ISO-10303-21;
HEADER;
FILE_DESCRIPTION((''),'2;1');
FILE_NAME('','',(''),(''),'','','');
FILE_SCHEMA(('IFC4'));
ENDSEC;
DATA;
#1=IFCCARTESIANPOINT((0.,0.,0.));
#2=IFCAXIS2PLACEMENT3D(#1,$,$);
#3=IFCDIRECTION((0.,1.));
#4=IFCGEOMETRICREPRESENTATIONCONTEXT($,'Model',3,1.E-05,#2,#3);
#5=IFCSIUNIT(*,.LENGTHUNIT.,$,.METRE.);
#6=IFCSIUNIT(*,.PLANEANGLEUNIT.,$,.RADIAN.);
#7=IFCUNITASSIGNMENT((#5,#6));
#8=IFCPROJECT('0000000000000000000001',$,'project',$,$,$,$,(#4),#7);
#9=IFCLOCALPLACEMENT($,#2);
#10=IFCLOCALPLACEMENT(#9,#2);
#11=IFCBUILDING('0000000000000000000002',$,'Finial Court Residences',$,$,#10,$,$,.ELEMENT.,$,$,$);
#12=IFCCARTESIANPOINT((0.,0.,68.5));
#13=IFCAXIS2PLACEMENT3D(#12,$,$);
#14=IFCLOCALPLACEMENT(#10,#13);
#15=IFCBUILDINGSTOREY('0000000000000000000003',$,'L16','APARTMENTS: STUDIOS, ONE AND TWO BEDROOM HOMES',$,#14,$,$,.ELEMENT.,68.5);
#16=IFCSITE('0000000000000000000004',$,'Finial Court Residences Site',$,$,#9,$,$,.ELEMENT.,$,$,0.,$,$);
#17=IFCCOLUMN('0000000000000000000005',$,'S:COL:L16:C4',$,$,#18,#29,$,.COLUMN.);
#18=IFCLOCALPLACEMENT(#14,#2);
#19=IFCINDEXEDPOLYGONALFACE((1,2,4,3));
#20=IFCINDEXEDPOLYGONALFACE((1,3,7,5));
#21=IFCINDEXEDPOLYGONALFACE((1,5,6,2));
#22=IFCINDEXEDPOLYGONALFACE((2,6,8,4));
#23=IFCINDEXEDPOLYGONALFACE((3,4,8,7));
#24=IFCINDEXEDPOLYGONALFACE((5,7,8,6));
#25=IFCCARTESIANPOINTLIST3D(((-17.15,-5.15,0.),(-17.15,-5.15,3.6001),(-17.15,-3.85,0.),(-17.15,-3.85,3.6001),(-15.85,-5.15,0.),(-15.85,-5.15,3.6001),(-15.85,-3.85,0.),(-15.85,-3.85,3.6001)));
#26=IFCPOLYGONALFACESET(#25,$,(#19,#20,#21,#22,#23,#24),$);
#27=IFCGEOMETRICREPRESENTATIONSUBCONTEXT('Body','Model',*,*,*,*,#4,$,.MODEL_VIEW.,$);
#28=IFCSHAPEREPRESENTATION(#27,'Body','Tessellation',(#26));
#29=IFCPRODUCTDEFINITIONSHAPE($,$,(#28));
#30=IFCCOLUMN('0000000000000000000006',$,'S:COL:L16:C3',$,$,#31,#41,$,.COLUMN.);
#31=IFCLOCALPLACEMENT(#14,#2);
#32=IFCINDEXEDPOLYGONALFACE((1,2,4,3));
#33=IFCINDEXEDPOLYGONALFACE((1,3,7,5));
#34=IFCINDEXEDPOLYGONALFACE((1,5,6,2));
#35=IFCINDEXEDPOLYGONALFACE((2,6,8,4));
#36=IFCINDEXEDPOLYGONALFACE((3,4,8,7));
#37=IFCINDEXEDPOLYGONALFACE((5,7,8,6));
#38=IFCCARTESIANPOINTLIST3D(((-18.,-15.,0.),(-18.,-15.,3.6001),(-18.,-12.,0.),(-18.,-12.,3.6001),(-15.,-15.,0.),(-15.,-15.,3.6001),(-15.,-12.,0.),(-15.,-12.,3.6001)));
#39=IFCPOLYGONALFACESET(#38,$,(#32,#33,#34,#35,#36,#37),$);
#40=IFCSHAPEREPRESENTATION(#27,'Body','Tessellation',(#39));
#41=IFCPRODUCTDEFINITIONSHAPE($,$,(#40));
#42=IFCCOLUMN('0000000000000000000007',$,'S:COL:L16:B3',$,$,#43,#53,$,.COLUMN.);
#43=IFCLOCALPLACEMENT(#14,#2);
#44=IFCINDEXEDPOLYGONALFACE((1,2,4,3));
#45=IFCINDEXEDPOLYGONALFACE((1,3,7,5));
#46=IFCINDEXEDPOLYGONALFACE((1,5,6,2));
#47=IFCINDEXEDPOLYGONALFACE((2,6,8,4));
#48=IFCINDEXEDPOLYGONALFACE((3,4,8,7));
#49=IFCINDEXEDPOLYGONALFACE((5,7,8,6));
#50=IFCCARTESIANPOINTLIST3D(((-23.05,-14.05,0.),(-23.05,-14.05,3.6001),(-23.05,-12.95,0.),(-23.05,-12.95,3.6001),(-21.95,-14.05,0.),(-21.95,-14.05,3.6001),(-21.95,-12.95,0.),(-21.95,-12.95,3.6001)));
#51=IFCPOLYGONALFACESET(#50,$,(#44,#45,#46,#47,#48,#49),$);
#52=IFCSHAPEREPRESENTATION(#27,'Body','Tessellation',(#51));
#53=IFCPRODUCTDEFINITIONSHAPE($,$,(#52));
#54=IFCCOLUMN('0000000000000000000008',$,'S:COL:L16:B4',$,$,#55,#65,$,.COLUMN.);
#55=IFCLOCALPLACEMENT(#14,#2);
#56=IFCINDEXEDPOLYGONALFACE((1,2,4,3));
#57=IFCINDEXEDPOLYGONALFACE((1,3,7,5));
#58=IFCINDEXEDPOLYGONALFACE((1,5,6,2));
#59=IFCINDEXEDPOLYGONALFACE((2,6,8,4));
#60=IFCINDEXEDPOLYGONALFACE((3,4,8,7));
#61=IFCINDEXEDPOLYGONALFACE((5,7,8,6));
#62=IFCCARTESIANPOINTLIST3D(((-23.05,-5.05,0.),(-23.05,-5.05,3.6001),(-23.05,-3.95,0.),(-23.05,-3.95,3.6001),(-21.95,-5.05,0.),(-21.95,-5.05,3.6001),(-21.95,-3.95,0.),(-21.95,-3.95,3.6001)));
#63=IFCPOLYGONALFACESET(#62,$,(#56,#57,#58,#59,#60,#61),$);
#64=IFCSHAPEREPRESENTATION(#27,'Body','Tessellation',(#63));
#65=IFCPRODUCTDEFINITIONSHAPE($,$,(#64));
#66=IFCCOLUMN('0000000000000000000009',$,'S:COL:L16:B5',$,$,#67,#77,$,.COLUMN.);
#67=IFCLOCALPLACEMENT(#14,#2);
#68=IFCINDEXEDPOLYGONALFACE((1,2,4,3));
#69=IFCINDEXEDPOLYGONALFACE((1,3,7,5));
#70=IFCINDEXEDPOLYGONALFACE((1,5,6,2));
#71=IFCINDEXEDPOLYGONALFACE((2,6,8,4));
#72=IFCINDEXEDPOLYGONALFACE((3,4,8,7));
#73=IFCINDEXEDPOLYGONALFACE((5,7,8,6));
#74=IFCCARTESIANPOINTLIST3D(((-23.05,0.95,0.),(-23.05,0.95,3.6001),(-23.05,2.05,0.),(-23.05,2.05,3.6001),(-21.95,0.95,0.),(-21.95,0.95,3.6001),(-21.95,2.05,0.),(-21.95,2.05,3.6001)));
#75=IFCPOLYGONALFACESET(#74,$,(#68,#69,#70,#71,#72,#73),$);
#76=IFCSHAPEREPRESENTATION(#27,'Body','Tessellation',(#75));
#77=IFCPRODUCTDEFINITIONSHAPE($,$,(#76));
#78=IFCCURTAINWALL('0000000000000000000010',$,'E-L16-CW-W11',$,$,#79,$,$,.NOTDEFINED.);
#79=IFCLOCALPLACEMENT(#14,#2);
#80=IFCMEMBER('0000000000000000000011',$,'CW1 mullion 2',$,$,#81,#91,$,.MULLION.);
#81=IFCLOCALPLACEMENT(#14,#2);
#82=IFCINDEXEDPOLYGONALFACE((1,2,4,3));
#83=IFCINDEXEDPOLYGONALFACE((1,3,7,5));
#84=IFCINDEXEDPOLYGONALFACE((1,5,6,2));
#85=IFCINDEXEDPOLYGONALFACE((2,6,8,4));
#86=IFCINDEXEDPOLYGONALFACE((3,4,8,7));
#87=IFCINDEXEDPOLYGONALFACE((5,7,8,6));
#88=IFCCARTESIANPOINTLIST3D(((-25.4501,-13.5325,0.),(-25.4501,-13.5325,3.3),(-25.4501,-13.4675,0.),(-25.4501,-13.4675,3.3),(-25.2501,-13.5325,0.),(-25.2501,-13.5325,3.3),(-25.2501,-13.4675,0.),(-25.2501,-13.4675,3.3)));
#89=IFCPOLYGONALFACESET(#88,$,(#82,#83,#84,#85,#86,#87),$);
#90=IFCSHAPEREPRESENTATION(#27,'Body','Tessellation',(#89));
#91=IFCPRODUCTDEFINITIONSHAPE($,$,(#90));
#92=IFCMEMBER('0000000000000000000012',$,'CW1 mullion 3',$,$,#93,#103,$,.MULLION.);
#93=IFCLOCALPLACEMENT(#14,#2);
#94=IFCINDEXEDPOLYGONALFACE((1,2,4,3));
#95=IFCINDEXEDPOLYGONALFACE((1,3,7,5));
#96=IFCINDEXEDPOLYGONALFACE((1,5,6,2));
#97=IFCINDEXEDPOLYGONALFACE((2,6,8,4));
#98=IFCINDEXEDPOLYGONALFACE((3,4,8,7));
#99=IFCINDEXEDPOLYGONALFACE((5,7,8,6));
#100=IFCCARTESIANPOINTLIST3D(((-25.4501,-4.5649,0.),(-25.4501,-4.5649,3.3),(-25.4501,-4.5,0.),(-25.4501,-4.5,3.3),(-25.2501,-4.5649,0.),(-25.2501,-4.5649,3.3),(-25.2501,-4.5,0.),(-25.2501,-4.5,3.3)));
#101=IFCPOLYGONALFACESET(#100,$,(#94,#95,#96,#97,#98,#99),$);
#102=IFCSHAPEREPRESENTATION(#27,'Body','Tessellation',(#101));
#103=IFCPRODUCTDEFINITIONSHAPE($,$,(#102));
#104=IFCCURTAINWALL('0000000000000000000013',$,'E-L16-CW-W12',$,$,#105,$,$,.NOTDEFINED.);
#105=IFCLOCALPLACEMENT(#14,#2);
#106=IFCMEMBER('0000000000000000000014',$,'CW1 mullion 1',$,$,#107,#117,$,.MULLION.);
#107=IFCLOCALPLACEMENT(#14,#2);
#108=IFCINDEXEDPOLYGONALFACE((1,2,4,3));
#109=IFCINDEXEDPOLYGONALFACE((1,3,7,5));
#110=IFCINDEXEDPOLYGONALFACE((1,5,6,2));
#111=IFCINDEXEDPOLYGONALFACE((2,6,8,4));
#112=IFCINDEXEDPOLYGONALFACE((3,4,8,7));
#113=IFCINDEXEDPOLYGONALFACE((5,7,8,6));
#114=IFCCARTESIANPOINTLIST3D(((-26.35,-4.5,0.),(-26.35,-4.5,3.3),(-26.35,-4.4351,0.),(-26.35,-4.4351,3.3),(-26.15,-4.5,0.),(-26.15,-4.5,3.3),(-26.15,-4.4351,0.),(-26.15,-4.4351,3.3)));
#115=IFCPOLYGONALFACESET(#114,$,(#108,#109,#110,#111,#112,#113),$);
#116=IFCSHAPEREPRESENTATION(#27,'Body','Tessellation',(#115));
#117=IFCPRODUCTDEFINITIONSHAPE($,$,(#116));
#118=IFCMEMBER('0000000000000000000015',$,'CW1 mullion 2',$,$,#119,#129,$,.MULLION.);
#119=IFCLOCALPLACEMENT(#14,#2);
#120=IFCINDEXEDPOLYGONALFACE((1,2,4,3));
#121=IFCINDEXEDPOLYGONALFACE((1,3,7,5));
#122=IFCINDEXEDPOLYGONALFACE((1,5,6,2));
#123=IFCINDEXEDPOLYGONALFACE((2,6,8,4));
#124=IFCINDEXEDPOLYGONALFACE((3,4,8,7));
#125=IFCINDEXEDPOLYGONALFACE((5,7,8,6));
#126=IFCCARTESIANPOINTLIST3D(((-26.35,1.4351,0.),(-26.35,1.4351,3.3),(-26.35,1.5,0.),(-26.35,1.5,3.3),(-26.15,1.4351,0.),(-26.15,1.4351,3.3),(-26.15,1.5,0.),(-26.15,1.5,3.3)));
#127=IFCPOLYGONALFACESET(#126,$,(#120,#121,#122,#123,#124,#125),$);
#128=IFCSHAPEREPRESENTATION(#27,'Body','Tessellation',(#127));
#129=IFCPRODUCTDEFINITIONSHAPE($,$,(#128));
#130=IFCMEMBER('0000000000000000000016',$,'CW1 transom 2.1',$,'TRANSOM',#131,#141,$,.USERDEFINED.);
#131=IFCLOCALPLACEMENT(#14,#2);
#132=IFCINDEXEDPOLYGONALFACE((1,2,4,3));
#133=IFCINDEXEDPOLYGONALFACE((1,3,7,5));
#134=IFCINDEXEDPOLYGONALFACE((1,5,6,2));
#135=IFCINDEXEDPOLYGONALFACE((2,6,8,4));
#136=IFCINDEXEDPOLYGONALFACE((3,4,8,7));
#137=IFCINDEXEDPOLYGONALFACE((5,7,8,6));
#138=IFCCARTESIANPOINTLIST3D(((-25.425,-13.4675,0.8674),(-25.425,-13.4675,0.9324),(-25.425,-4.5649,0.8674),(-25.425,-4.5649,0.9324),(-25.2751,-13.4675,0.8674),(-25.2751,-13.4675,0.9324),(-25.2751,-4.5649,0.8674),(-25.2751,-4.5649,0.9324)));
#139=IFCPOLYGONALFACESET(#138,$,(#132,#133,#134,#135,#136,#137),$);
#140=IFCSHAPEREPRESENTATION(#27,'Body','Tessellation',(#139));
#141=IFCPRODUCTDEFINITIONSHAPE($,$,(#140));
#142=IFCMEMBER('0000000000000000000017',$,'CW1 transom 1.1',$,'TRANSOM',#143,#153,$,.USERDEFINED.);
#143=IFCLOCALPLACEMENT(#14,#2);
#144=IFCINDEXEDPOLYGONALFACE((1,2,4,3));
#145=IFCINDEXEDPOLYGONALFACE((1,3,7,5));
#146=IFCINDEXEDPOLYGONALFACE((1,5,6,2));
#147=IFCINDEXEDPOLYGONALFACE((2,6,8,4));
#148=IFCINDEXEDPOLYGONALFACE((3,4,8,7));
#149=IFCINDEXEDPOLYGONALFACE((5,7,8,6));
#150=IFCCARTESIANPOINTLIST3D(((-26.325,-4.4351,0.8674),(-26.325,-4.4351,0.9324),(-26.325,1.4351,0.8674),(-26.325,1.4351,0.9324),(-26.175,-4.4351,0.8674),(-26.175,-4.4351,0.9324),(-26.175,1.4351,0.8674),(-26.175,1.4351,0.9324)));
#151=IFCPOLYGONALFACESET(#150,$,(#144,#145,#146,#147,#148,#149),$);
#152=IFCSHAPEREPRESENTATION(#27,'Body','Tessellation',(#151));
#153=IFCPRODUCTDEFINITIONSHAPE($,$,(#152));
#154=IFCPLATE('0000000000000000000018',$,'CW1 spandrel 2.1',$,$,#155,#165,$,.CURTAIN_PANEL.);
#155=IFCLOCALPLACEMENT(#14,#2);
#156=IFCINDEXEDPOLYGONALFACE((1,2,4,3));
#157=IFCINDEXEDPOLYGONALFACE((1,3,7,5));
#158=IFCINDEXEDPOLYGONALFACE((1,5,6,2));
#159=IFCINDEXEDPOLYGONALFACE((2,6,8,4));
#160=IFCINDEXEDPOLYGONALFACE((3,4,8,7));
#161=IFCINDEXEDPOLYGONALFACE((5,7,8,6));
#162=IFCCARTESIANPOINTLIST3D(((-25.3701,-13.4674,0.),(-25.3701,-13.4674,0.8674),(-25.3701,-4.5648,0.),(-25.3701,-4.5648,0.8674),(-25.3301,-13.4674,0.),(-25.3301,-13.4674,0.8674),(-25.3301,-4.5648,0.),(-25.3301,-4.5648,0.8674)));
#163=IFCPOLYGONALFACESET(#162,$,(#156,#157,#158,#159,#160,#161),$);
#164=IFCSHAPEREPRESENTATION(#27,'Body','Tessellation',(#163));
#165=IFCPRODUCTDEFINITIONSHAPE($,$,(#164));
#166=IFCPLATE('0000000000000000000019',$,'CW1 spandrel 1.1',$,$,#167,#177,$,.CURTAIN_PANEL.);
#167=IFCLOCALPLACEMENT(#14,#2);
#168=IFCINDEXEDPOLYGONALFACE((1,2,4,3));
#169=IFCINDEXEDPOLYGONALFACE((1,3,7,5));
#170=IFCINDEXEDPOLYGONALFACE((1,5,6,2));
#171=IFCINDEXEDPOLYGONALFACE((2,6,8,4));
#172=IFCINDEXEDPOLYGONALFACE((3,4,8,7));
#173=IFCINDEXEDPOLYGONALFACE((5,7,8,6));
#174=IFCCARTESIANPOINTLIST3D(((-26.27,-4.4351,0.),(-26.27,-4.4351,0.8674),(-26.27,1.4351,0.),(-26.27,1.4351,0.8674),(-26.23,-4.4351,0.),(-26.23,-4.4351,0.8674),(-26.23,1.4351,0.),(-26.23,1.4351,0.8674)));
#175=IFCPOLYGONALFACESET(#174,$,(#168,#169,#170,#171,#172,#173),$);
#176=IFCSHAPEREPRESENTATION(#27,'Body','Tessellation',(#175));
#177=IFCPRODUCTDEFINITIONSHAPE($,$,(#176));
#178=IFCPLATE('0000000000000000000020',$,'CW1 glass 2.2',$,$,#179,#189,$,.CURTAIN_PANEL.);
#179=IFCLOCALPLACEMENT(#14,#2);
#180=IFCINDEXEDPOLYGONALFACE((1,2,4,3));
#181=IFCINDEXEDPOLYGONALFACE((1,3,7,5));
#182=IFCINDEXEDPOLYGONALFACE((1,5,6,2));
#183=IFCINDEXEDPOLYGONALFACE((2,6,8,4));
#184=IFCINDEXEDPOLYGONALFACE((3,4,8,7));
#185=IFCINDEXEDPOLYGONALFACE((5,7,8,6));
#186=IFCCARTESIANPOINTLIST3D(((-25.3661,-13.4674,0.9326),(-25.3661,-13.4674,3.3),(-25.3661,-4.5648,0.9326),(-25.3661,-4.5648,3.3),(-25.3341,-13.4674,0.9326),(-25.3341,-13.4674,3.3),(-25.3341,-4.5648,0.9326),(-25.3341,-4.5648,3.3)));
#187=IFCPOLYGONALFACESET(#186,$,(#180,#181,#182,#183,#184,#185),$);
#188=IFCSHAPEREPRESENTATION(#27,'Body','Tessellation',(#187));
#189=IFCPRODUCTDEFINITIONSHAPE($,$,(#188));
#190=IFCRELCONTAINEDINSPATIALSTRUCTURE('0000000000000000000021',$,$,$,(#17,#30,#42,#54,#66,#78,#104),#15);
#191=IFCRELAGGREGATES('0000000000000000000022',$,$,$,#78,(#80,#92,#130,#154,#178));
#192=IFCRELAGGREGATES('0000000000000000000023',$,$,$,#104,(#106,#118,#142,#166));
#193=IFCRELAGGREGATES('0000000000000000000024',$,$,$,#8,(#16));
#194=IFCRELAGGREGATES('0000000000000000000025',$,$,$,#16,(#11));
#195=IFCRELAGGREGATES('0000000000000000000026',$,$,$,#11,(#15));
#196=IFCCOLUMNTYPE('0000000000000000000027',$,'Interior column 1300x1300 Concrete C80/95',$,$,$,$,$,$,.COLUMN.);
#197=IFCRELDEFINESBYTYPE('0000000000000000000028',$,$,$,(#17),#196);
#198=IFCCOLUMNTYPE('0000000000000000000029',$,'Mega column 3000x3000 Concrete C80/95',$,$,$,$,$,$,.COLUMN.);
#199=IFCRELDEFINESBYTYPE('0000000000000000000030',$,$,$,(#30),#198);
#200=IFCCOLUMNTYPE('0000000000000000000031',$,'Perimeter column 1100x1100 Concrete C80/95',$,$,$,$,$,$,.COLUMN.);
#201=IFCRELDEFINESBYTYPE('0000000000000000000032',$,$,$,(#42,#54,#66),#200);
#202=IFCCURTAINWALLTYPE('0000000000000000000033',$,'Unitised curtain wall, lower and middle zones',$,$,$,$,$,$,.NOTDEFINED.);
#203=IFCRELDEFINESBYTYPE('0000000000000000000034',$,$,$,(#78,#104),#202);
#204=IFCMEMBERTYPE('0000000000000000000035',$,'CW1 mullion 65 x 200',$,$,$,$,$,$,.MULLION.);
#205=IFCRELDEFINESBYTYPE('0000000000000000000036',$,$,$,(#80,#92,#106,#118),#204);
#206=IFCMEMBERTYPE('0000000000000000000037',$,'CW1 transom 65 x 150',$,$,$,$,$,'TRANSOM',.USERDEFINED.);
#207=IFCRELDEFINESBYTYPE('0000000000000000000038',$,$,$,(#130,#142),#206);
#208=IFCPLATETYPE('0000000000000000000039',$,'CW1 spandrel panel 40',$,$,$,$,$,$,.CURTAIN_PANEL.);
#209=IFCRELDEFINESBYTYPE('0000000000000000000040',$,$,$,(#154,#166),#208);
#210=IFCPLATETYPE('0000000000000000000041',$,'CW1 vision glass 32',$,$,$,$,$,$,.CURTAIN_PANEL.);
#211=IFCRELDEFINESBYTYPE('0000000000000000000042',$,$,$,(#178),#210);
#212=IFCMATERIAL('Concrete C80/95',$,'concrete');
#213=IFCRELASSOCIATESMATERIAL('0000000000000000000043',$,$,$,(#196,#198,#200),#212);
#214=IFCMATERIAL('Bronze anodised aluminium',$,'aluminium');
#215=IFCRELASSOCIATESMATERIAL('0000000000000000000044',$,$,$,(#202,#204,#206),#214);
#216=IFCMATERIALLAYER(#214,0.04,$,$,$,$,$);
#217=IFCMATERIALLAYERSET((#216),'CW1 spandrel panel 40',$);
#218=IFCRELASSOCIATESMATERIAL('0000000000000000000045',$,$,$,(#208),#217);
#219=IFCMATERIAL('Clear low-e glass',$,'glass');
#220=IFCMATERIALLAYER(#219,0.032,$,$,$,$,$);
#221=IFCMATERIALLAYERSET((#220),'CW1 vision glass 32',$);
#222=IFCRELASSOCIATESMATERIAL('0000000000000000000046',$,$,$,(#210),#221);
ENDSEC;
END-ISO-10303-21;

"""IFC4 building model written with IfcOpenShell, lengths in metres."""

from ifc_helpers import new_model, si_unit, direction, frame, origin, origin_2d, place, context, subcontext, project, spatial, rectangle, extrude, material, layer, layer_set, material_profile, profile_set, type_object, element, aggregate, save


model = new_model("IFC4")

# Units and contexts
model_context = context("Model", 3, precision=1e-05, world=origin(), true_north=direction((0.0, 1.0)))
body_context = subcontext(model_context, "Body", "Model", "MODEL_VIEW")
ifc_project = project(units=[si_unit("LENGTHUNIT", "METRE"), si_unit("PLANEANGLEUNIT", "RADIAN")], contexts=[model_context])

# Site, building, storey
site_placement = place(None, origin())
site = spatial("IfcSite", under=ifc_project, at=site_placement, Name="Finial Court Residences Site", CompositionType="ELEMENT", RefElevation=0.0)
building_placement = place(site_placement, origin())
building = spatial("IfcBuilding", under=site, at=building_placement, Name="Finial Court Residences", CompositionType="ELEMENT")
storey_placement = place(building_placement, frame((0.0, 0.0, 68.5)))
storey = spatial("IfcBuildingStorey", under=building, at=storey_placement, Name="L16", Description="APARTMENTS: STUDIOS, ONE AND TWO BEDROOM HOMES", CompositionType="ELEMENT", Elevation=68.5)

# Columns
ifc_material_1 = material(Name="Concrete C80/95", Category="concrete")
ifc_material_profile_1 = material_profile(ifc_material_1, rectangle(XDim=1.3, YDim=1.3, at=origin_2d()), Name="1300x1300")
ifc_profile_set_1 = profile_set([ifc_material_profile_1], Name="Concrete C80/95")
column_type_1 = type_object("IfcColumnType", Name="Interior column 1300x1300 Concrete C80/95", PredefinedType="COLUMN", material=ifc_profile_set_1)
column_1_placement = place(storey_placement, frame((-16.5, -4.5, 0.0), z_axis=(0.0, 0.0, 1.0), x_axis=(1.0, 0.0, 0.0)))
element("IfcColumn", 1, at=column_1_placement, inside=storey, type_object=column_type_1, Name="S:COL:L16:C4", PredefinedType="COLUMN", context=body_context, shape_type="SweptSolid", body=[
    extrude(rectangle(XDim=1.3, YDim=1.3, at=origin_2d()), origin(), (0.0, 0.0, 1.0), 3.6001),
])
ifc_material_profile_2 = material_profile(ifc_material_1, rectangle(XDim=3.0, YDim=3.0, at=origin_2d()), Name="3000x3000")
ifc_profile_set_2 = profile_set([ifc_material_profile_2], Name="Concrete C80/95")
column_type_2 = type_object("IfcColumnType", Name="Mega column 3000x3000 Concrete C80/95", PredefinedType="COLUMN", material=ifc_profile_set_2)
column_2_placement = place(storey_placement, frame((-16.5, -13.5, 0.0), z_axis=(0.0, 0.0, 1.0), x_axis=(1.0, 0.0, 0.0)))
element("IfcColumn", 2, at=column_2_placement, inside=storey, type_object=column_type_2, Name="S:COL:L16:C3", PredefinedType="COLUMN", context=body_context, shape_type="SweptSolid", body=[
    extrude(rectangle(XDim=3.0, YDim=3.0, at=origin_2d()), origin(), (0.0, 0.0, 1.0), 3.6001),
])
ifc_material_profile_3 = material_profile(ifc_material_1, rectangle(XDim=1.1001, YDim=1.1001, at=origin_2d()), Name="1100x1100")
ifc_profile_set_3 = profile_set([ifc_material_profile_3], Name="Concrete C80/95")
column_type_3 = type_object("IfcColumnType", Name="Perimeter column 1100x1100 Concrete C80/95", PredefinedType="COLUMN", material=ifc_profile_set_3)
for number, where, z_axis, x_axis, name in (
    (3, (-22.5, -13.5, 0.0), (0.0, 0.0, 1.0), (1.0, 0.0, 0.0), "S:COL:L16:B3"),
    (4, (-22.5, -4.5, 0.0), (0.0, 0.0, 1.0), (1.0, 0.0, 0.0), "S:COL:L16:B4"),
    (5, (-22.5, 1.5, 0.0), (0.0, 0.0, 1.0), (1.0, 0.0, 0.0), "S:COL:L16:B5"),
):
    element("IfcColumn", number, at=place(storey_placement, frame(where, z_axis=z_axis, x_axis=x_axis)), inside=storey, type_object=column_type_3, Name=name, PredefinedType="COLUMN", context=body_context, shape_type="SweptSolid", body=[
        extrude(rectangle(XDim=1.1001, YDim=1.1001, at=origin_2d()), origin(), (0.0, 0.0, 1.0), 3.6001),
    ])

# Curtain walls, members
ifc_material_2 = material(Name="Bronze anodised aluminium", Category="aluminium")
curtain_wall_type = type_object("IfcCurtainWallType", Name="Unitised curtain wall, lower and middle zones", PredefinedType="NOTDEFINED", material=ifc_material_2)
curtain_wall_1_placement = place(storey_placement, origin())
curtain_wall_1 = element("IfcCurtainWall", 6, at=curtain_wall_1_placement, inside=storey, type_object=curtain_wall_type, Name="E-L16-CW-W11", PredefinedType="NOTDEFINED")
ifc_material_profile_4 = material_profile(ifc_material_2, rectangle(XDim=0.2, YDim=0.0649, at=origin_2d()), Name="CW1 mullion 65 x 200")
ifc_profile_set_4 = profile_set([ifc_material_profile_4], Name="Bronze anodised aluminium")
member_type_1 = type_object("IfcMemberType", Name="CW1 mullion 65 x 200", PredefinedType="MULLION", material=ifc_profile_set_4)
member_1_placement = place(storey_placement, frame((-25.3501, -13.5, 0.0), z_axis=(0.0, 0.0, 1.0), x_axis=(-1.0, 0.0, 0.0)))
member_1 = element("IfcMember", 7, at=member_1_placement, type_object=member_type_1, Name="CW1 mullion 2", PredefinedType="MULLION", context=body_context, shape_type="SweptSolid", body=[
    extrude(rectangle(XDim=0.2, YDim=0.0649, at=origin_2d()), origin(), (0.0, 0.0, 1.0), 3.3),
])
member_2_placement = place(storey_placement, frame((-25.3501, -4.5325, 0.0), z_axis=(0.0, 0.0, 1.0), x_axis=(-1.0, 0.0, 0.0)))
member_2 = element("IfcMember", 8, at=member_2_placement, type_object=member_type_1, Name="CW1 mullion 3", PredefinedType="MULLION", context=body_context, shape_type="SweptSolid", body=[
    extrude(rectangle(XDim=0.2, YDim=0.0649, at=origin_2d()), origin(), (0.0, 0.0, 1.0), 3.3),
])
curtain_wall_2_placement = place(storey_placement, origin())
curtain_wall_2 = element("IfcCurtainWall", 9, at=curtain_wall_2_placement, inside=storey, type_object=curtain_wall_type, Name="E-L16-CW-W12", PredefinedType="NOTDEFINED")
member_3_placement = place(storey_placement, frame((-26.25, -4.4675, 0.0), z_axis=(0.0, 0.0, 1.0), x_axis=(-1.0, 0.0, 0.0)))
member_3 = element("IfcMember", 10, at=member_3_placement, type_object=member_type_1, Name="CW1 mullion 1", PredefinedType="MULLION", context=body_context, shape_type="SweptSolid", body=[
    extrude(rectangle(XDim=0.2, YDim=0.0649, at=origin_2d()), origin(), (0.0, 0.0, 1.0), 3.3),
])
member_4_placement = place(storey_placement, frame((-26.25, 1.4675, 0.0), z_axis=(0.0, 0.0, 1.0), x_axis=(-1.0, 0.0, 0.0)))
member_4 = element("IfcMember", 11, at=member_4_placement, type_object=member_type_1, Name="CW1 mullion 2", PredefinedType="MULLION", context=body_context, shape_type="SweptSolid", body=[
    extrude(rectangle(XDim=0.2, YDim=0.0649, at=origin_2d()), origin(), (0.0, 0.0, 1.0), 3.3),
])

# Members
ifc_material_profile_5 = material_profile(ifc_material_2, rectangle(XDim=0.1499, YDim=0.0649, at=origin_2d()), Name="CW1 transom 65 x 150")
ifc_profile_set_5 = profile_set([ifc_material_profile_5], Name="Bronze anodised aluminium")
member_type_2 = type_object("IfcMemberType", Name="CW1 transom 65 x 150", ElementType="TRANSOM", PredefinedType="USERDEFINED", material=ifc_profile_set_5)
member_5_placement = place(storey_placement, frame((-25.3501, -13.4675, 0.8999), z_axis=(0.0, 1.0, 0.0), x_axis=(-1.0, 0.0, 0.0)))
member_5 = element("IfcMember", 12, at=member_5_placement, type_object=member_type_2, Name="CW1 transom 2.1", ObjectType="TRANSOM", PredefinedType="USERDEFINED", context=body_context, shape_type="SweptSolid", body=[
    extrude(rectangle(XDim=0.1499, YDim=0.0649, at=origin_2d()), origin(), (0.0, 0.0, 1.0), 8.9026),
])
member_6_placement = place(storey_placement, frame((-26.25, -4.4351, 0.8999), z_axis=(0.0, 1.0, 0.0), x_axis=(-1.0, 0.0, 0.0)))
member_6 = element("IfcMember", 13, at=member_6_placement, type_object=member_type_2, Name="CW1 transom 1.1", ObjectType="TRANSOM", PredefinedType="USERDEFINED", context=body_context, shape_type="SweptSolid", body=[
    extrude(rectangle(XDim=0.1499, YDim=0.0649, at=origin_2d()), origin(), (0.0, 0.0, 1.0), 5.8701),
])

# Plates
ifc_layer_1 = layer(ifc_material_2, 0.04)
ifc_layer_set_1 = layer_set([ifc_layer_1], Name="CW1 spandrel panel 40")
plate_type_1 = type_object("IfcPlateType", Name="CW1 spandrel panel 40", PredefinedType="CURTAIN_PANEL", material=ifc_layer_set_1)
plate_1_placement = place(storey_placement, frame((-25.3501, -9.0161, 0.0), z_axis=(0.0, 0.0, 1.0), x_axis=(0.0, 1.0, 0.0)))
plate_1 = element("IfcPlate", 14, at=plate_1_placement, type_object=plate_type_1, Name="CW1 spandrel 2.1", PredefinedType="CURTAIN_PANEL", context=body_context, shape_type="SweptSolid", body=[
    extrude(rectangle(XDim=8.9026, YDim=0.04, at=origin_2d()), origin(), (0.0, 0.0, 1.0), 0.8674),
])
plate_2_placement = place(storey_placement, frame((-26.25, -1.5, 0.0), z_axis=(0.0, 0.0, 1.0), x_axis=(0.0, 1.0, 0.0)))
plate_2 = element("IfcPlate", 15, at=plate_2_placement, type_object=plate_type_1, Name="CW1 spandrel 1.1", PredefinedType="CURTAIN_PANEL", context=body_context, shape_type="SweptSolid", body=[
    extrude(rectangle(XDim=5.8701, YDim=0.04, at=origin_2d()), origin(), (0.0, 0.0, 1.0), 0.8674),
])
ifc_material_3 = material(Name="Clear low-e glass", Category="glass")
ifc_layer_2 = layer(ifc_material_3, 0.032)
ifc_layer_set_2 = layer_set([ifc_layer_2], Name="CW1 vision glass 32")
plate_type_2 = type_object("IfcPlateType", Name="CW1 vision glass 32", PredefinedType="CURTAIN_PANEL", material=ifc_layer_set_2)
plate_3_placement = place(storey_placement, frame((-25.3501, -9.0161, 0.9326), z_axis=(0.0, 0.0, 1.0), x_axis=(0.0, 1.0, 0.0)))
plate_3 = element("IfcPlate", 16, at=plate_3_placement, type_object=plate_type_2, Name="CW1 glass 2.2", PredefinedType="CURTAIN_PANEL", context=body_context, shape_type="SweptSolid", body=[
    extrude(rectangle(XDim=8.9026, YDim=0.032, at=origin_2d()), origin(), (0.0, 0.0, 1.0), 2.3674),
])
aggregate(curtain_wall_1, [member_1, member_2, member_5, plate_1, plate_3])
aggregate(curtain_wall_2, [member_3, member_4, member_6, plate_2])

save(model, "model.ifc")
